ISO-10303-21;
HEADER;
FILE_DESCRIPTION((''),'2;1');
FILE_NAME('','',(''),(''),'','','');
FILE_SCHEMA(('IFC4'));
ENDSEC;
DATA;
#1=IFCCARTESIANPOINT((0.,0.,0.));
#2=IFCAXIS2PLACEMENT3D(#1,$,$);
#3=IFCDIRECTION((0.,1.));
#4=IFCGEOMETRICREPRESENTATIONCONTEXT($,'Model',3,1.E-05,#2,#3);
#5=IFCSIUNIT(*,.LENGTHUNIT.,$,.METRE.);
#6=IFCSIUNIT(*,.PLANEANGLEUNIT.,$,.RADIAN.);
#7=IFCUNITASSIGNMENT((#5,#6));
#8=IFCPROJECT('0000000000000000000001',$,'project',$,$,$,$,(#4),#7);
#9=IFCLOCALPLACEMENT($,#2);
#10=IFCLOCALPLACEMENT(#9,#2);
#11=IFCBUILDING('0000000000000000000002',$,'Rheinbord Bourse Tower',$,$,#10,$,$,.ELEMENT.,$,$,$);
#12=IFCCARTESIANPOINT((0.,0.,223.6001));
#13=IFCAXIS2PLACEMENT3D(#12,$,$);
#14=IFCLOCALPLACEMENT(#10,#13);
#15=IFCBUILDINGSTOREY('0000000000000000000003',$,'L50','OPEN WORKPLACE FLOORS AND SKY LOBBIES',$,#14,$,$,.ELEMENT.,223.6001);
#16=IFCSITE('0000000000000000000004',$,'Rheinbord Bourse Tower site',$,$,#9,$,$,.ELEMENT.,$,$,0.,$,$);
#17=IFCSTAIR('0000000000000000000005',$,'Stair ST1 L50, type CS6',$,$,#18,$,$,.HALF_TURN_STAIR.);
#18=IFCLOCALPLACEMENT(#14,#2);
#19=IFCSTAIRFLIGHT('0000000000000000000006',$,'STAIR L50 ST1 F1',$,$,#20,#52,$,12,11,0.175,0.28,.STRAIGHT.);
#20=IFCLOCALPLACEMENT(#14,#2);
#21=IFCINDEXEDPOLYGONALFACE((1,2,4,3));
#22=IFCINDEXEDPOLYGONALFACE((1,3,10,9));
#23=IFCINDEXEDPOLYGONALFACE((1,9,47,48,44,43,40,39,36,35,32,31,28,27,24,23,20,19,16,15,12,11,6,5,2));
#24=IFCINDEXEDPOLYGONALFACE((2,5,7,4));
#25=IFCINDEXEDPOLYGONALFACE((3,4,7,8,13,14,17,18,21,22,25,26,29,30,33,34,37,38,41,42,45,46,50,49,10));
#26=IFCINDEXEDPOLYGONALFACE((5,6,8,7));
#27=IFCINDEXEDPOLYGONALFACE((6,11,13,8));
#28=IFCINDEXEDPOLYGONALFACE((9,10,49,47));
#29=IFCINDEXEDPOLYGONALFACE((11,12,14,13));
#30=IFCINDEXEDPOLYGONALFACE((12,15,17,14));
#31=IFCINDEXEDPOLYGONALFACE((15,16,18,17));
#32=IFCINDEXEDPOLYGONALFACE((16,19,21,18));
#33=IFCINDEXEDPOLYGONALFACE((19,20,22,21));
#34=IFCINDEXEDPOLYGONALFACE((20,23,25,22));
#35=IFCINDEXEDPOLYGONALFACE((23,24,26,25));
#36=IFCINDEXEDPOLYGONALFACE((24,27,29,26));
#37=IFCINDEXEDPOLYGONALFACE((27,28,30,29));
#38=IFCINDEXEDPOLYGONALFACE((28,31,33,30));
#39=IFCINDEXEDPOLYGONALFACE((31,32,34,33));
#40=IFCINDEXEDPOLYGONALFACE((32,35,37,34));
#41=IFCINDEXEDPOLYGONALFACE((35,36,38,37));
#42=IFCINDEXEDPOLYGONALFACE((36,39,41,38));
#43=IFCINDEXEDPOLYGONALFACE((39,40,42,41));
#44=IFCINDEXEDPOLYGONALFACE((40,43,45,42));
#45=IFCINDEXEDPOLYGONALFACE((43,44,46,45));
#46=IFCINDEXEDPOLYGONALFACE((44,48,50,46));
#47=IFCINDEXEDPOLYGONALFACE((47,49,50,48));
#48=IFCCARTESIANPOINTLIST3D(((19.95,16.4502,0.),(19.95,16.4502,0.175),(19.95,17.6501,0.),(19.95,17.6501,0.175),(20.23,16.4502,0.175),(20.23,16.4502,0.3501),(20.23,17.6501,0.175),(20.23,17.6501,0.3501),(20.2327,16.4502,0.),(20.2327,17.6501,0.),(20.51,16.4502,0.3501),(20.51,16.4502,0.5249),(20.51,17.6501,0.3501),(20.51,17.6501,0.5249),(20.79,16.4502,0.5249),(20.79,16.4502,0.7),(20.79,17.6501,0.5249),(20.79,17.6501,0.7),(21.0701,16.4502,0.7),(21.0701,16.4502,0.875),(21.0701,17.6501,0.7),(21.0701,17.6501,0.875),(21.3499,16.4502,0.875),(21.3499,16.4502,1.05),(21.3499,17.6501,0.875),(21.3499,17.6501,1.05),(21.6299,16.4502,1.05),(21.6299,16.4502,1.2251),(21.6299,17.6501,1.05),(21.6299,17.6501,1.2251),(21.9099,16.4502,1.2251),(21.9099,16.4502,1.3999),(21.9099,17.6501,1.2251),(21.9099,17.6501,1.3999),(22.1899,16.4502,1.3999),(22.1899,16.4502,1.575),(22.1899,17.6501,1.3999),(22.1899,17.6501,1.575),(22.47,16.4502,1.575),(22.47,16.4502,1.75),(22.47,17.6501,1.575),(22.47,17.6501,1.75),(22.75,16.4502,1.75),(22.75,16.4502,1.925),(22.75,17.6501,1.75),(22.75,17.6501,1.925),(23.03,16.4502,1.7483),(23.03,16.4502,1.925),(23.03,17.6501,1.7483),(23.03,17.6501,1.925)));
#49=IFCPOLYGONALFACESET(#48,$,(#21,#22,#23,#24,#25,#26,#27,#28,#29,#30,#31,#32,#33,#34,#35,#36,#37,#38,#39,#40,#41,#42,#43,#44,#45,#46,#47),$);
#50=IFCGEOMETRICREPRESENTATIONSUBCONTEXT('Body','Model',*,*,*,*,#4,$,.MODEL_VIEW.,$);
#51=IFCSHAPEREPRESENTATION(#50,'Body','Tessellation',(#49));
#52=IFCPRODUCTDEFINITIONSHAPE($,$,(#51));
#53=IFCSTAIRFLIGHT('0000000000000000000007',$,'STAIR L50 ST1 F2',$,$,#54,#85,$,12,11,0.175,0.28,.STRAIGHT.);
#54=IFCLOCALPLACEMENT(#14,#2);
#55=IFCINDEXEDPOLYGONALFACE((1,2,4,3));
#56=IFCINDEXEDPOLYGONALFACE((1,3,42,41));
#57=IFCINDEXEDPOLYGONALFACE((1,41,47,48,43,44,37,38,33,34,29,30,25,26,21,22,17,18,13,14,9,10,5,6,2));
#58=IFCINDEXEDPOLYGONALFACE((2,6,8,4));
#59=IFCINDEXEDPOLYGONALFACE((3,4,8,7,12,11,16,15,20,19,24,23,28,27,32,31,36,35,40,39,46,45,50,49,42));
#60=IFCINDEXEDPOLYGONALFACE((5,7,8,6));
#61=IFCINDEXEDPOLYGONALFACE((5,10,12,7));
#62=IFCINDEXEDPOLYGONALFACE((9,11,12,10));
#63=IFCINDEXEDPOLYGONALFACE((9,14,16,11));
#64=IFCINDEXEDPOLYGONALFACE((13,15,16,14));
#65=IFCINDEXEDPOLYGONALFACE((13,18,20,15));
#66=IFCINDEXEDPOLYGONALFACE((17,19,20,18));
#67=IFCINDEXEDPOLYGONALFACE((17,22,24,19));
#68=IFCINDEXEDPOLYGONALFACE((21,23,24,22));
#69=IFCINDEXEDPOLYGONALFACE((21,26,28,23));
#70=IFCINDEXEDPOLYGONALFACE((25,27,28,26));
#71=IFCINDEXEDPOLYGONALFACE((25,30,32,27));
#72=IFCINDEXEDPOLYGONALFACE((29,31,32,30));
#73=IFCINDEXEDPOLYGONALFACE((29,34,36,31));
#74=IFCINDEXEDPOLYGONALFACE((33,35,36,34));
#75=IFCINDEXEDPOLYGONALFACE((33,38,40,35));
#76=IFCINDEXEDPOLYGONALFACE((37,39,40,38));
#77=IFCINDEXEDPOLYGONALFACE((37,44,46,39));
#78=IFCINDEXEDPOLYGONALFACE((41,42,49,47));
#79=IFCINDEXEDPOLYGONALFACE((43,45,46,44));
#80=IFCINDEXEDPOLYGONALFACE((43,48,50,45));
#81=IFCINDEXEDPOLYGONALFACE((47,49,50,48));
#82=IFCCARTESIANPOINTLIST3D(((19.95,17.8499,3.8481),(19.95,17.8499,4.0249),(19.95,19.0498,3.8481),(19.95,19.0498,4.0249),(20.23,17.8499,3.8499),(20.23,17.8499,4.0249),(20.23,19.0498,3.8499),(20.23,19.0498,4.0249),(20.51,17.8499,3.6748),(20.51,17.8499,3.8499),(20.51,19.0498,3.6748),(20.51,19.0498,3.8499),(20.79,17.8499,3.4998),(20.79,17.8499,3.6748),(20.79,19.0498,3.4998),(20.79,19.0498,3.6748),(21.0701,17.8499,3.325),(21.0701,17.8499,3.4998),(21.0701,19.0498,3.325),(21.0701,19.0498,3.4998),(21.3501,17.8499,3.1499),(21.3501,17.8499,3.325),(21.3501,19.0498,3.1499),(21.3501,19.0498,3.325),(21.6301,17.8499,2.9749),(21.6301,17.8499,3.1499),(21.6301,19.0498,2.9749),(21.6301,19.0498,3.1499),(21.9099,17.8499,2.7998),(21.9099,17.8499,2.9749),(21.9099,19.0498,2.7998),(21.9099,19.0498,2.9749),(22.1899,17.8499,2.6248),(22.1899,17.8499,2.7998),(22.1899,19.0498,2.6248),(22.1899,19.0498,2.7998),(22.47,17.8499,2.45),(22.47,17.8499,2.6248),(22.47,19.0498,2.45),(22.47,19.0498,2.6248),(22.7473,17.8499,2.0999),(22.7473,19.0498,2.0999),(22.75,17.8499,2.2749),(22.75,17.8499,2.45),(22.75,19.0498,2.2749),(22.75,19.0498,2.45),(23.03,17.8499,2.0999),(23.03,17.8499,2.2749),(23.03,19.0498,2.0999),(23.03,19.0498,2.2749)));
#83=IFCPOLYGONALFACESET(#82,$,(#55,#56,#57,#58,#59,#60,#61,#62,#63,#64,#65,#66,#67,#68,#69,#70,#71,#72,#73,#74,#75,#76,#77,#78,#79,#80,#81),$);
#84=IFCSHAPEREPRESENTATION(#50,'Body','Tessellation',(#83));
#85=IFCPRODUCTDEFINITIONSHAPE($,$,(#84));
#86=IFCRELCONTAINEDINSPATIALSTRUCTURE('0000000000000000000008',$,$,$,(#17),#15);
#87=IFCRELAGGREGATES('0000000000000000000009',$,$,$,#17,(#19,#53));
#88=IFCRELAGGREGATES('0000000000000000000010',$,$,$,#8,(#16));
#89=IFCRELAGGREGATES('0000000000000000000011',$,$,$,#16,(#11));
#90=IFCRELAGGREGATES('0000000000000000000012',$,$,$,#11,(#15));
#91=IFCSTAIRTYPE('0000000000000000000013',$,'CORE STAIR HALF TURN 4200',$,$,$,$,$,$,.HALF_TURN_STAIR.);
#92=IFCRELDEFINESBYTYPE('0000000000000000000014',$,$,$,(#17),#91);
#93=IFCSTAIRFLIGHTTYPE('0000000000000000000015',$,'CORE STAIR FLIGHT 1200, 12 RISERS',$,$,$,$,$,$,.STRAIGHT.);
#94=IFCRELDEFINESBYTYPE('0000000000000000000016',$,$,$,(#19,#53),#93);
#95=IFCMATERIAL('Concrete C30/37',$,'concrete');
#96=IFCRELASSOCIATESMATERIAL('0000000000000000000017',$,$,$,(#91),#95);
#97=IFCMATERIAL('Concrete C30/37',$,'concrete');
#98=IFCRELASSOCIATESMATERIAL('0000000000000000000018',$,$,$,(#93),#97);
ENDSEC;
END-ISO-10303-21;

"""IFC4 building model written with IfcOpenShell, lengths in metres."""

from ifc_helpers import new_model, si_unit, direction, frame, origin, place, context, subcontext, project, spatial, polyline, outline, extrude, material, type_object, element, aggregate, save


model = new_model("IFC4")

# Units and contexts
model_context = context("Model", 3, precision=1e-05, world=origin(), true_north=direction((0.0, 1.0)))
body_context = subcontext(model_context, "Body", "Model", "MODEL_VIEW")
ifc_project = project(units=[si_unit("LENGTHUNIT", "METRE"), si_unit("PLANEANGLEUNIT", "RADIAN")], contexts=[model_context])

# Site, building, storey
site_placement = place(None, origin())
site = spatial("IfcSite", under=ifc_project, at=site_placement, Name="Rheinbord Bourse Tower site", CompositionType="ELEMENT", RefElevation=0.0)
building_placement = place(site_placement, origin())
building = spatial("IfcBuilding", under=site, at=building_placement, Name="Rheinbord Bourse Tower", CompositionType="ELEMENT")
storey_placement = place(building_placement, frame((0.0, 0.0, 223.6001)))
storey = spatial("IfcBuildingStorey", under=building, at=storey_placement, Name="L50", Description="OPEN WORKPLACE FLOORS AND SKY LOBBIES", CompositionType="ELEMENT", Elevation=223.6001)

# Stair, stair flights
ifc_material_1 = material(Name="Concrete C30/37", Category="concrete")
stair_type = type_object("IfcStairType", Name="CORE STAIR HALF TURN 4200", PredefinedType="HALF_TURN_STAIR", material=ifc_material_1)
stair_placement = place(storey_placement, origin())
stair = element("IfcStair", 1, at=stair_placement, inside=storey, type_object=stair_type, Name="Stair ST1 L50, type CS6", PredefinedType="HALF_TURN_STAIR")
ifc_material_2 = material(Name="Concrete C30/37", Category="concrete")
stair_flight_type = type_object("IfcStairFlightType", Name="CORE STAIR FLIGHT 1200, 12 RISERS", PredefinedType="STRAIGHT", material=ifc_material_2)
stair_flight_1_placement = place(storey_placement, frame((19.95, 17.05, 0.0), z_axis=(0.0, 0.0, 1.0), x_axis=(1.0, 0.0, 0.0)))
stair_flight_1 = element("IfcStairFlight", 2, at=stair_flight_1_placement, type_object=stair_flight_type, Name="STAIR L50 ST1 F1", NumberOfRisers=12, NumberOfTreads=11, PredefinedType="STRAIGHT", RiserHeight=0.175, TreadLength=0.28, context=body_context, shape_type="SweptSolid", body=[
    extrude(outline(polyline([(0.0, 0.0), (0.0, 0.175), (0.28, 0.175), (0.28, 0.3501), (0.5601, 0.3501), (0.5601, 0.5249), (0.8401, 0.5249), (0.8401, 0.7), (1.1201, 0.7), (1.1201, 0.875), (1.3999, 0.875), (1.3999, 1.05), (1.6799, 1.05), (1.6799, 1.2251), (1.96, 1.2251), (1.96, 1.3999), (2.24, 1.3999), (2.24, 1.575), (2.52, 1.575), (2.52, 1.75), (2.8, 1.75), (2.8, 1.925), (3.0801, 1.925), (3.0801, 2.1001), (3.0801, 1.7483), (0.2827, 0.0), (0.0, 0.0)])), frame((0.0, 0.6001, 0.0), z_axis=(0.0, -1.0, 0.0), x_axis=(1.0, 0.0, 0.0)), (0.0, 0.0, 1.0), 1.2),
])
stair_flight_2_placement = place(storey_placement, frame((23.03, 18.45, 2.0999), z_axis=(0.0, 0.0, 1.0), x_axis=(-1.0, 0.0, 0.0)))
stair_flight_2 = element("IfcStairFlight", 3, at=stair_flight_2_placement, type_object=stair_flight_type, Name="STAIR L50 ST1 F2", NumberOfRisers=12, NumberOfTreads=11, PredefinedType="STRAIGHT", RiserHeight=0.175, TreadLength=0.28, context=body_context, shape_type="SweptSolid", body=[
    extrude(outline(polyline([(0.0, 0.0), (0.0, 0.175), (0.28, 0.175), (0.28, 0.3501), (0.5601, 0.3501), (0.5601, 0.5249), (0.8401, 0.5249), (0.8401, 0.7), (1.1201, 0.7), (1.1201, 0.875), (1.3999, 0.875), (1.3999, 1.05), (1.6799, 1.05), (1.6799, 1.2251), (1.96, 1.2251), (1.96, 1.3999), (2.24, 1.3999), (2.24, 1.575), (2.52, 1.575), (2.52, 1.75), (2.8, 1.75), (2.8, 1.925), (3.0801, 1.925), (3.0801, 2.1001), (3.0801, 1.7483), (0.2827, 0.0), (0.0, 0.0)])), frame((0.0, 0.6001, 0.0), z_axis=(0.0, -1.0, 0.0), x_axis=(1.0, 0.0, 0.0)), (0.0, 0.0, 1.0), 1.2),
])
aggregate(stair, [stair_flight_1, stair_flight_2])

save(model, "model.ifc")
